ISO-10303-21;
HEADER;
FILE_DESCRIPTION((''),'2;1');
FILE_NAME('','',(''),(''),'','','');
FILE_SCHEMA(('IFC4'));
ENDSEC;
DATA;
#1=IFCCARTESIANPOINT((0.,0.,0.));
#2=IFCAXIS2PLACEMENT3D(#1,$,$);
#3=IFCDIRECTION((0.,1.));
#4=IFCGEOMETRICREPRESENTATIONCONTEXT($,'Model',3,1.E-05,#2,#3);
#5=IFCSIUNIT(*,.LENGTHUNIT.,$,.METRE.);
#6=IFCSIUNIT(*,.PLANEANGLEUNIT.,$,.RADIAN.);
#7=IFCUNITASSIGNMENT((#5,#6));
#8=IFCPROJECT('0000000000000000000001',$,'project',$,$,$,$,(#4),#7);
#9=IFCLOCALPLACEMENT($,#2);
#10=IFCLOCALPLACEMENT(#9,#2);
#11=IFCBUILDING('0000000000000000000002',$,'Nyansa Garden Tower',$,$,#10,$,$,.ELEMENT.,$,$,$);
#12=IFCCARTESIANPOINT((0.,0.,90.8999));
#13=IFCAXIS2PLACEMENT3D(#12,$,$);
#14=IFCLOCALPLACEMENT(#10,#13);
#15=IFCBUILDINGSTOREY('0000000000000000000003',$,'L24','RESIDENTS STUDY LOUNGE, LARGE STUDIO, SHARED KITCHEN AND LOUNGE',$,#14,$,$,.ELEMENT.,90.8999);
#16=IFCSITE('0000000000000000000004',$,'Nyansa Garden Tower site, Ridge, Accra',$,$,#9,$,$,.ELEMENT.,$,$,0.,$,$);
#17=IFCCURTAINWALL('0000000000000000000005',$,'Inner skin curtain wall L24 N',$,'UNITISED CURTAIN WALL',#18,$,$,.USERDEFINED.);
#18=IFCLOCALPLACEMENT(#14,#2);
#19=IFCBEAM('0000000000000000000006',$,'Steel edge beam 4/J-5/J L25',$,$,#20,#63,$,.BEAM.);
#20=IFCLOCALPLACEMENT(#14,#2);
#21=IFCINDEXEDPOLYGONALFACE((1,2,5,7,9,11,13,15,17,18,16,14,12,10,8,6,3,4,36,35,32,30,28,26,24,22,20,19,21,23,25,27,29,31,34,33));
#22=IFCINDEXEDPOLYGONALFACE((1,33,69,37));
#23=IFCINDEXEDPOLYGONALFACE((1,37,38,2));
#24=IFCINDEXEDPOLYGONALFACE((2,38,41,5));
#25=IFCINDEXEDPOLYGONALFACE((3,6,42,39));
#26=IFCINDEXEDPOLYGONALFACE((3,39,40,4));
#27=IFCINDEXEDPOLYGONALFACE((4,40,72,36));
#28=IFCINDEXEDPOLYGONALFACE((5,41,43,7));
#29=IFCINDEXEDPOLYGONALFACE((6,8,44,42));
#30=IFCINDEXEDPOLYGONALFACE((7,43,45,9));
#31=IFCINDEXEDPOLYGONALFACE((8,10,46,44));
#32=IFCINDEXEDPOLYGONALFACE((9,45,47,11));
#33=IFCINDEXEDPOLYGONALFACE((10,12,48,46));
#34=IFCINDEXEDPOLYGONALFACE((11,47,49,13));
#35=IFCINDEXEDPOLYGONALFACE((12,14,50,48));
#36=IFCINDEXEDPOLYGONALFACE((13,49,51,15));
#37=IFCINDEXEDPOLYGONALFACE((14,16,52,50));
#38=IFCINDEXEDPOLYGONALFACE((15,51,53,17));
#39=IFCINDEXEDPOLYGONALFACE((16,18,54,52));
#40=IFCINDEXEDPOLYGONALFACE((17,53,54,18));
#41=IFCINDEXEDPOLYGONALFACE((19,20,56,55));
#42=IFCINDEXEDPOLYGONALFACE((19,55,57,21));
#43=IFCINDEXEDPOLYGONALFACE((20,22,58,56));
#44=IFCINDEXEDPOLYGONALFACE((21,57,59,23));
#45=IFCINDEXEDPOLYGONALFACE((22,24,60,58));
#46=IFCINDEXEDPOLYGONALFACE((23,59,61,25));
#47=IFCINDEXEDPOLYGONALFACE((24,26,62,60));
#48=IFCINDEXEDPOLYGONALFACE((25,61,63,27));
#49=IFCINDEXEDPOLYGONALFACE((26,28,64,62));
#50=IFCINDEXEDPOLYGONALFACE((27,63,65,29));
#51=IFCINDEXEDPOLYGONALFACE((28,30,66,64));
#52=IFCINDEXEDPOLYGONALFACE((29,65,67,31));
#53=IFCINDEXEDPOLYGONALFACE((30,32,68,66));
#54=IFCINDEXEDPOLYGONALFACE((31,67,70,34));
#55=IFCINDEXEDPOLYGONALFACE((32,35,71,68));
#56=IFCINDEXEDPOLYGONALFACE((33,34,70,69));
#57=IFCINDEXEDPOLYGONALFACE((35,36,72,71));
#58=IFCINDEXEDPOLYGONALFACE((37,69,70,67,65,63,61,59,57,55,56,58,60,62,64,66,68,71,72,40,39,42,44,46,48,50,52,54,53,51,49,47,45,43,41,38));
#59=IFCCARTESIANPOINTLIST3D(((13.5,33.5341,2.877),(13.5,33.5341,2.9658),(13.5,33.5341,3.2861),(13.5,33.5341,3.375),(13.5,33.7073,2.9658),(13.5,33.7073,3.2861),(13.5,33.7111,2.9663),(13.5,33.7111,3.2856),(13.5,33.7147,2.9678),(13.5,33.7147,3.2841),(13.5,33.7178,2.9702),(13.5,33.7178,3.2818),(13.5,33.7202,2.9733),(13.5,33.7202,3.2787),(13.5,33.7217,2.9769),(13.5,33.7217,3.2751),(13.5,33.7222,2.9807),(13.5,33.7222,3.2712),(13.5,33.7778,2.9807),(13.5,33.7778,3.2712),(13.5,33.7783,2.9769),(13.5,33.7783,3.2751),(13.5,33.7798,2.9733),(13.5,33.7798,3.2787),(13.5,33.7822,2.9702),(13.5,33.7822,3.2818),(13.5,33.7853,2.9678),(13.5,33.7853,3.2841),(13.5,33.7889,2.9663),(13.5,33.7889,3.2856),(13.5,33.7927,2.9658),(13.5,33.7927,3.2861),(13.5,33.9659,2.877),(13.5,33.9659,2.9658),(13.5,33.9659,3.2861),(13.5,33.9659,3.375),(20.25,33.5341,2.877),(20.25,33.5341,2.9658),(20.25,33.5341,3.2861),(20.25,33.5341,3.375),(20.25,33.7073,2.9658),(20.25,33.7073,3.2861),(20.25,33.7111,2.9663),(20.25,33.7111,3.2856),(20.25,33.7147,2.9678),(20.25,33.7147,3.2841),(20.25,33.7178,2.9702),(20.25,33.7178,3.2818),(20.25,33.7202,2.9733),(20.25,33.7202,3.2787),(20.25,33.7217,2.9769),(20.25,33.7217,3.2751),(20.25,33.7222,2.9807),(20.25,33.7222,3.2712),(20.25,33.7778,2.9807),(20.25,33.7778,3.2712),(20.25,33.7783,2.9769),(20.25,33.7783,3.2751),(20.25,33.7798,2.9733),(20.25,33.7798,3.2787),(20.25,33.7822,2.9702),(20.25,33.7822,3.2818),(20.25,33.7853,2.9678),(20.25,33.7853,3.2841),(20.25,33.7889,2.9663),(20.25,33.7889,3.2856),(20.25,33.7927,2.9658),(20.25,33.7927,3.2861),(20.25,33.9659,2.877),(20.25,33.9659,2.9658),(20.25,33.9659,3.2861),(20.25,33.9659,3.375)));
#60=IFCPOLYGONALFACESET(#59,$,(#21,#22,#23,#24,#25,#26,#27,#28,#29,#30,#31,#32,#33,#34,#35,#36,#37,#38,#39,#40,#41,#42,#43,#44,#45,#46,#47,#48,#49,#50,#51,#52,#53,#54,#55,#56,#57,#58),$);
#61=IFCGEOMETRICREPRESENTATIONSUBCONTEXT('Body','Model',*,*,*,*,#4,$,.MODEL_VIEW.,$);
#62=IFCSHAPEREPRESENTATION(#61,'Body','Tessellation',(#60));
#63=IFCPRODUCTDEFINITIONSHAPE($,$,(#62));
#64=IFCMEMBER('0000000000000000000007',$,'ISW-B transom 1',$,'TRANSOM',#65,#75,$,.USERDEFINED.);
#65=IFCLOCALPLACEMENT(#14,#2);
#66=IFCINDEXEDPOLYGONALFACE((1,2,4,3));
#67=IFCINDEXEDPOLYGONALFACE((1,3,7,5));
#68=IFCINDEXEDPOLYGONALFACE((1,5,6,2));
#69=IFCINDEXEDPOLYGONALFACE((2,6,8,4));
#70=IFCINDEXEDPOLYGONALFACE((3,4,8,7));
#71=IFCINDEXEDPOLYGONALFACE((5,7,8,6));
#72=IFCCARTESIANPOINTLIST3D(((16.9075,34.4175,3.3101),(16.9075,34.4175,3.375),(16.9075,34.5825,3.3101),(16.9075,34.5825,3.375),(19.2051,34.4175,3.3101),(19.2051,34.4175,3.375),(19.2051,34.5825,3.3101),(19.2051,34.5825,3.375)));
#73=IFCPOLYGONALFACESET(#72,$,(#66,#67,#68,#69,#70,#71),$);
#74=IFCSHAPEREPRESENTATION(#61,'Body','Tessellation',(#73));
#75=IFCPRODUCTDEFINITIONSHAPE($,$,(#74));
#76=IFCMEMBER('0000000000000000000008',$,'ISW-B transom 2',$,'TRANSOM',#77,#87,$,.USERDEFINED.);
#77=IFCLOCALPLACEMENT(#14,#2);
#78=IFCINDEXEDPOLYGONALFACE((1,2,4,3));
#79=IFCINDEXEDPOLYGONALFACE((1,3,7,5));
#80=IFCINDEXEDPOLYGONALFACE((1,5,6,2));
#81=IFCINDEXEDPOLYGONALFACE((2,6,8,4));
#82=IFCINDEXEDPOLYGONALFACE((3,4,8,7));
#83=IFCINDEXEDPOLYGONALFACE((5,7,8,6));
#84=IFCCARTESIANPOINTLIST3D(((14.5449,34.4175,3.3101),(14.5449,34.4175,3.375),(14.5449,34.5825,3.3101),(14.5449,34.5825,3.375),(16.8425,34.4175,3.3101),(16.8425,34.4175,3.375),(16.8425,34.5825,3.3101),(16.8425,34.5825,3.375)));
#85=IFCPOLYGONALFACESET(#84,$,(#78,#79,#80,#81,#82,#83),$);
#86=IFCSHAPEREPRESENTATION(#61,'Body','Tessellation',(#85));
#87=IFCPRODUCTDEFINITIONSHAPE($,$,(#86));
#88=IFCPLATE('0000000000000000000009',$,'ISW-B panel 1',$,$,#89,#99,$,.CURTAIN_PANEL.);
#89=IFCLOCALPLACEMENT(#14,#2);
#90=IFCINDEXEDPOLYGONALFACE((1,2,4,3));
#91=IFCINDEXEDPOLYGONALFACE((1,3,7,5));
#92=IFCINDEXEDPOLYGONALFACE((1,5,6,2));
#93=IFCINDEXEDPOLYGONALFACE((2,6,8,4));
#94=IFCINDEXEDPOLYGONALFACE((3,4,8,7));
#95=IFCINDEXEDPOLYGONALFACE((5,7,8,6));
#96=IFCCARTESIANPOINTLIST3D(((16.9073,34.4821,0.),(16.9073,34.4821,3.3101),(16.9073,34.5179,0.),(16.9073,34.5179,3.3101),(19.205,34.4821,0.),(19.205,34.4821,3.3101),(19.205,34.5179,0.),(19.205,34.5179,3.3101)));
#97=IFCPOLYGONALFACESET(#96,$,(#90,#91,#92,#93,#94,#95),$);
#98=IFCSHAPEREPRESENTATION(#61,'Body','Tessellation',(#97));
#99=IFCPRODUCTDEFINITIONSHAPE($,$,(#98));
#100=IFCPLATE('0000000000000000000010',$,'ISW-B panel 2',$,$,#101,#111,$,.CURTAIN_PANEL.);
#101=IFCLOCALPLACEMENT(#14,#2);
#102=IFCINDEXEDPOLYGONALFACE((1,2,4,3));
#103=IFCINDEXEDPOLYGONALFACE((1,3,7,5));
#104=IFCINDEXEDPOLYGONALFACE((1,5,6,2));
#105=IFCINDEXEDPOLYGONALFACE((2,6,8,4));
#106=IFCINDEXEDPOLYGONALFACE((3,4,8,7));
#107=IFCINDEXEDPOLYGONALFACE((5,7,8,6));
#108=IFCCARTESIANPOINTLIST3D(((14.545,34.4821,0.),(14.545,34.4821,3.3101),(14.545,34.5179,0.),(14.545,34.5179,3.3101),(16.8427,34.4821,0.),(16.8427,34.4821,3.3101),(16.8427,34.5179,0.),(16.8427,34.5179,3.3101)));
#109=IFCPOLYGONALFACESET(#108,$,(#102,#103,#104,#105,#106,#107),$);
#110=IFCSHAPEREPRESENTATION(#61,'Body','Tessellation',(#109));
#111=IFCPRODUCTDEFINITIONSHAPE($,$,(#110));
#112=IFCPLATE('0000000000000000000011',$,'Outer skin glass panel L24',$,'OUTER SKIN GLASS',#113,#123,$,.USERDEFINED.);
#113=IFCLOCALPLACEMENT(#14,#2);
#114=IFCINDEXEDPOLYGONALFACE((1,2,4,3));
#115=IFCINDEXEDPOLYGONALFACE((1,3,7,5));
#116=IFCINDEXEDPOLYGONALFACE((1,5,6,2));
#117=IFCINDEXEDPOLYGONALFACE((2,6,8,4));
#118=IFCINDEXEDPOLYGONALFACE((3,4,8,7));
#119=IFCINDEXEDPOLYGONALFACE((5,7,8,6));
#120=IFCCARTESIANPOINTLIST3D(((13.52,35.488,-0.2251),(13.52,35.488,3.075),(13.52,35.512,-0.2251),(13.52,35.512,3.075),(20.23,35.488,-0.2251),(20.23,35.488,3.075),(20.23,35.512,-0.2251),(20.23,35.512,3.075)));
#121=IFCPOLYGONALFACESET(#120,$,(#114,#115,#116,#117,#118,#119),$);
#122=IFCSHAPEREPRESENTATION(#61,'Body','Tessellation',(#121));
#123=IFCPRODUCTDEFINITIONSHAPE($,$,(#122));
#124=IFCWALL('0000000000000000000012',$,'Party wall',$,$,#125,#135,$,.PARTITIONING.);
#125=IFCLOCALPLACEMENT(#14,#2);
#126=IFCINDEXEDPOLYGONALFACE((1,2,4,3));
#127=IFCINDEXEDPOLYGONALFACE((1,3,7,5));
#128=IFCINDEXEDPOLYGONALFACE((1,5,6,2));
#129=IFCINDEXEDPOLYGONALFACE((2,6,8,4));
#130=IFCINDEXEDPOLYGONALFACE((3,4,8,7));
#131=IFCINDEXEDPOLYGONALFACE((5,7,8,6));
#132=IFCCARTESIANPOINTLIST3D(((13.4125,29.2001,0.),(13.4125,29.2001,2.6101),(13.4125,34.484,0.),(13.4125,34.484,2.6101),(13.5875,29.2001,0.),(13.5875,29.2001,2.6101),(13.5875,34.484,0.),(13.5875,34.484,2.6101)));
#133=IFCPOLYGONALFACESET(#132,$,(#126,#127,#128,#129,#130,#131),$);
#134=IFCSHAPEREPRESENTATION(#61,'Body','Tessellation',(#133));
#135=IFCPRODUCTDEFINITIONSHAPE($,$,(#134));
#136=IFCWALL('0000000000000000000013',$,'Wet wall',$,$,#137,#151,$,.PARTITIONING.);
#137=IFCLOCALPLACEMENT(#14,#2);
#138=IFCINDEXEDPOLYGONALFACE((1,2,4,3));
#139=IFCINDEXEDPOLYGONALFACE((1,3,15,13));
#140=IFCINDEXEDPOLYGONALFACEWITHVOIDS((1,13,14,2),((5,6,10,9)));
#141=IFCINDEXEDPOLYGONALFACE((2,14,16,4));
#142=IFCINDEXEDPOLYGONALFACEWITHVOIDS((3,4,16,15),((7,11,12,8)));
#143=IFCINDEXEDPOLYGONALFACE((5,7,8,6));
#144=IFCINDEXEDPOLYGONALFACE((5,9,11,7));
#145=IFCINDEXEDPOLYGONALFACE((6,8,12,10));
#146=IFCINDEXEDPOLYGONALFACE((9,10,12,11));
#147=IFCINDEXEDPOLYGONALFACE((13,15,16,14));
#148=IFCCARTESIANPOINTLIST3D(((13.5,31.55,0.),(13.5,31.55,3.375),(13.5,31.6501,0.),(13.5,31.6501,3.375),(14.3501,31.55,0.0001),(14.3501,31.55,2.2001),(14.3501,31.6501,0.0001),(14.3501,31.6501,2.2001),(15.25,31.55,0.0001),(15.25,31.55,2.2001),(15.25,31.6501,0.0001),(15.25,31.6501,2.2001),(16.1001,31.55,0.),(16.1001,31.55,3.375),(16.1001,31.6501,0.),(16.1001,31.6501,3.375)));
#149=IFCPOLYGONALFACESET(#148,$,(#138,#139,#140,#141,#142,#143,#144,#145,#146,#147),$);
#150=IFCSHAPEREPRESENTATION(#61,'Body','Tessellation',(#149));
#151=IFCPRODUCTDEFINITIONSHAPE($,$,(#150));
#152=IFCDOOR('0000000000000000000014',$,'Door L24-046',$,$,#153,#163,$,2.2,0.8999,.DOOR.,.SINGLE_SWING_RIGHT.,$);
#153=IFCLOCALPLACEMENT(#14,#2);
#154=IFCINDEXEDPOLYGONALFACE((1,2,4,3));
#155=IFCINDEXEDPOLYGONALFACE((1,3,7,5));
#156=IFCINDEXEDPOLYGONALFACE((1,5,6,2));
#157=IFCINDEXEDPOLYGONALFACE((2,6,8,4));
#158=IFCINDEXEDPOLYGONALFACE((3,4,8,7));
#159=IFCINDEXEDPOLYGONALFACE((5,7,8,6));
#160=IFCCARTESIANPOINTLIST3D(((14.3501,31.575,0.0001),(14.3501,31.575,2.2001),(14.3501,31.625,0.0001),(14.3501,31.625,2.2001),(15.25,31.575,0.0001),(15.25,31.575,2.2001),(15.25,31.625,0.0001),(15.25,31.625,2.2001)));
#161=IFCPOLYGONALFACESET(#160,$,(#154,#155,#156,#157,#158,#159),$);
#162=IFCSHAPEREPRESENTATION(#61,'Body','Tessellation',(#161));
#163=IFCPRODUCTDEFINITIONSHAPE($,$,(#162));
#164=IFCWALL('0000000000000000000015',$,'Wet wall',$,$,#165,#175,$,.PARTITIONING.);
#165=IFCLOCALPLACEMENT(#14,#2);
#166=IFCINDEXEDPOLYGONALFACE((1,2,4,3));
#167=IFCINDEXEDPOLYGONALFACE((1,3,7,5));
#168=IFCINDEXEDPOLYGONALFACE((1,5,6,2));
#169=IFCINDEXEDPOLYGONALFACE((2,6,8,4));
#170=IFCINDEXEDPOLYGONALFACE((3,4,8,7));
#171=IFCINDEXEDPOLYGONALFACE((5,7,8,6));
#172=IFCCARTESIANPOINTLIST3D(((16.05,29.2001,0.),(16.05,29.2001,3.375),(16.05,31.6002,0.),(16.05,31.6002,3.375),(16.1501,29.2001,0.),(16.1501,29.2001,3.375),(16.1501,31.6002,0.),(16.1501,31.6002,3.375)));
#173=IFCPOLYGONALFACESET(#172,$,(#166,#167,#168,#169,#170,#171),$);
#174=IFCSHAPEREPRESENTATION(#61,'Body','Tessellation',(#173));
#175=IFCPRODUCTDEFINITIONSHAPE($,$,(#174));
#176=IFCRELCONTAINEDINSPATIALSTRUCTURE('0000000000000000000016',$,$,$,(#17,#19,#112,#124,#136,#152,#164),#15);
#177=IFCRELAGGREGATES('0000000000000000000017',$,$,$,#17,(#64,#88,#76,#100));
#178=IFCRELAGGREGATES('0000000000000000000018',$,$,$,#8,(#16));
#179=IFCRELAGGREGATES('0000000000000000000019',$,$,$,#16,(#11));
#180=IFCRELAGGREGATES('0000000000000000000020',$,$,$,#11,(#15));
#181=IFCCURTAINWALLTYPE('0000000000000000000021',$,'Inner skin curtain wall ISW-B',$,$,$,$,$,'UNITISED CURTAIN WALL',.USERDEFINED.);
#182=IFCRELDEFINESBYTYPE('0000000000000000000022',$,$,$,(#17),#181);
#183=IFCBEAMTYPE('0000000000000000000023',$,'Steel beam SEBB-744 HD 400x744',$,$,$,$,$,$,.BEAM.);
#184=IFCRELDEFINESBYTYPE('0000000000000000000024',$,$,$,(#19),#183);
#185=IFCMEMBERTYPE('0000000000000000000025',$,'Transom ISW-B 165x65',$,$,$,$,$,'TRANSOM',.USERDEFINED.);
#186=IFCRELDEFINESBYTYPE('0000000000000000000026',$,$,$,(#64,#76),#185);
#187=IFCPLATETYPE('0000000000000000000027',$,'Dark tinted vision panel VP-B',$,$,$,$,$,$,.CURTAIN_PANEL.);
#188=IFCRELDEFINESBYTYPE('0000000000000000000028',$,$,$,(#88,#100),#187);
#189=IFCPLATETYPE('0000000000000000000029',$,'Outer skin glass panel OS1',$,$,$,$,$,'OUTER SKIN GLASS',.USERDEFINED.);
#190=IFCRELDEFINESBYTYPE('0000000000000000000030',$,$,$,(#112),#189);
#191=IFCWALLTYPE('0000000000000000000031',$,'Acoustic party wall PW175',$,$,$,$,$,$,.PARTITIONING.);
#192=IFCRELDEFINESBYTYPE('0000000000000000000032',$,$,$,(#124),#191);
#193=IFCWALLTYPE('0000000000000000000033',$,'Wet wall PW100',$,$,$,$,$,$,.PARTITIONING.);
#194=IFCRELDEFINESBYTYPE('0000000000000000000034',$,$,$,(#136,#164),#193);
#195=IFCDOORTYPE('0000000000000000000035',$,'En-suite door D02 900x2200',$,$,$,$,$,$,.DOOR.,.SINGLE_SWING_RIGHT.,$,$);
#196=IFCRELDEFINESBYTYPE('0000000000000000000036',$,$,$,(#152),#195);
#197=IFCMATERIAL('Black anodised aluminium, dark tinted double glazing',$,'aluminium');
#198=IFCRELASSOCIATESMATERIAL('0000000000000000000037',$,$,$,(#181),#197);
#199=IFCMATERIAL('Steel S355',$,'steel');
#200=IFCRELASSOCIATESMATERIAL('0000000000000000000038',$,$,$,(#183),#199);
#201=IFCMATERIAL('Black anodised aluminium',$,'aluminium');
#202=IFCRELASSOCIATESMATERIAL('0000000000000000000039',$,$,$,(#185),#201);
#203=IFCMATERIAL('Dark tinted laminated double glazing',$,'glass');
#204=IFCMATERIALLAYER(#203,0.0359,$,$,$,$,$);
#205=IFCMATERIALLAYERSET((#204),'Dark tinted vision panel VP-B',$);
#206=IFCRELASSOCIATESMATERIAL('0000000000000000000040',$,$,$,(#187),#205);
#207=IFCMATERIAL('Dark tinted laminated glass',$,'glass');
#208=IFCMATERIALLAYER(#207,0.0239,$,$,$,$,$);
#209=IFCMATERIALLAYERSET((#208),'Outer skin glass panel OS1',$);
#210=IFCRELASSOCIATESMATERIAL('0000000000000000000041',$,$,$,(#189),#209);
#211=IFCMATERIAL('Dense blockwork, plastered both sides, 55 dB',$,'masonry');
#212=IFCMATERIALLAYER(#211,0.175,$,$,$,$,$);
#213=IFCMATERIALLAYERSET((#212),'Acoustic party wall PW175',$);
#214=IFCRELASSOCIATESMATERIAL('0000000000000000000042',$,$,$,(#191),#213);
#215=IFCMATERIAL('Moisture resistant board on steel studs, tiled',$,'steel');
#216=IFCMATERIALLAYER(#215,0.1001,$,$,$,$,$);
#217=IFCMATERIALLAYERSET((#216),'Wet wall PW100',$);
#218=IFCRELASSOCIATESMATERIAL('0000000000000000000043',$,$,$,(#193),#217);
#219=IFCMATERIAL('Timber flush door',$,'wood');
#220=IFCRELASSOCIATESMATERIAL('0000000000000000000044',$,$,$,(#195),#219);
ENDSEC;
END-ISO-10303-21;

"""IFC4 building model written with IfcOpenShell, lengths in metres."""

from ifc_helpers import new_model, si_unit, direction, frame, frame_2d, origin, origin_2d, place, context, subcontext, project, spatial, rectangle, i_section, extrude, material, layer, layer_set, material_profile, profile_set, type_object, element, fill, aggregate, save


model = new_model("IFC4")

# Units and contexts
model_context = context("Model", 3, precision=1e-05, world=origin(), true_north=direction((0.0, 1.0)))
body_context = subcontext(model_context, "Body", "Model", "MODEL_VIEW")
ifc_project = project(units=[si_unit("LENGTHUNIT", "METRE"), si_unit("PLANEANGLEUNIT", "RADIAN")], contexts=[model_context])

# Site, building, storey
site_placement = place(None, origin())
site = spatial("IfcSite", under=ifc_project, at=site_placement, Name="Nyansa Garden Tower site, Ridge, Accra", CompositionType="ELEMENT", RefElevation=0.0)
building_placement = place(site_placement, origin())
building = spatial("IfcBuilding", under=site, at=building_placement, Name="Nyansa Garden Tower", CompositionType="ELEMENT")
storey_placement = place(building_placement, frame((0.0, 0.0, 90.8999)))
storey = spatial("IfcBuildingStorey", under=building, at=storey_placement, Name="L24", Description="RESIDENTS STUDY LOUNGE, LARGE STUDIO, SHARED KITCHEN AND LOUNGE", CompositionType="ELEMENT", Elevation=90.8999)

# Curtain wall
ifc_material_1 = material(Name="Black anodised aluminium, dark tinted double glazing", Category="aluminium")
curtain_wall_type = type_object("IfcCurtainWallType", Name="Inner skin curtain wall ISW-B", ElementType="UNITISED CURTAIN WALL", PredefinedType="USERDEFINED", material=ifc_material_1)
curtain_wall_1_placement = place(storey_placement, origin())
curtain_wall_1 = element("IfcCurtainWall", 1, at=curtain_wall_1_placement, inside=storey, type_object=curtain_wall_type, Name="Inner skin curtain wall L24 N", ObjectType="UNITISED CURTAIN WALL", PredefinedType="USERDEFINED")

# Beam
ifc_material_2 = material(Name="Steel S355", Category="steel")
ifc_material_profile_1 = material_profile(ifc_material_2, i_section(OverallWidth=0.4319, OverallDepth=0.498, WebThickness=0.0557, FlangeThickness=0.0889, FilletRadius=0.0149, at=origin_2d()), Name="HD 400x744")
ifc_profile_set_1 = profile_set([ifc_material_profile_1], Name="Steel S355")
beam_type_1 = type_object("IfcBeamType", Name="Steel beam SEBB-744 HD 400x744", PredefinedType="BEAM", material=ifc_profile_set_1)
beam_1_placement = place(storey_placement, frame((13.5, 33.75, 3.126), z_axis=(1.0, 0.0, 0.0), x_axis=(0.0, 1.0, 0.0)))
element("IfcBeam", 2, at=beam_1_placement, inside=storey, type_object=beam_type_1, Name="Steel edge beam 4/J-5/J L25", PredefinedType="BEAM", context=body_context, shape_type="SweptSolid", body=[
    extrude(i_section(OverallWidth=0.4319, OverallDepth=0.498, WebThickness=0.0557, FlangeThickness=0.0889, FilletRadius=0.0149, at=origin_2d()), origin(), (0.0, 0.0, 1.0), 6.75),
])

# Members
ifc_material_3 = material(Name="Black anodised aluminium", Category="aluminium")
ifc_material_profile_2 = material_profile(ifc_material_3, rectangle(XDim=0.165, YDim=0.0649, at=origin_2d()), Name="Transom 165x65")
ifc_profile_set_2 = profile_set([ifc_material_profile_2], Name="Black anodised aluminium")
member_type_1 = type_object("IfcMemberType", Name="Transom ISW-B 165x65", ElementType="TRANSOM", PredefinedType="USERDEFINED", material=ifc_profile_set_2)
member_1_placement = place(storey_placement, frame((19.2051, 34.5, 3.3425), z_axis=(-1.0, 0.0, 0.0), x_axis=(0.0, -1.0, 0.0)))
member_1 = element("IfcMember", 3, at=member_1_placement, type_object=member_type_1, Name="ISW-B transom 1", ObjectType="TRANSOM", PredefinedType="USERDEFINED", context=body_context, shape_type="SweptSolid", body=[
    extrude(rectangle(XDim=0.165, YDim=0.0649, at=origin_2d()), origin(), (0.0, 0.0, 1.0), 2.2976),
])
member_2_placement = place(storey_placement, frame((16.8425, 34.5, 3.3425), z_axis=(-1.0, 0.0, 0.0), x_axis=(0.0, -1.0, 0.0)))
member_2 = element("IfcMember", 4, at=member_2_placement, type_object=member_type_1, Name="ISW-B transom 2", ObjectType="TRANSOM", PredefinedType="USERDEFINED", context=body_context, shape_type="SweptSolid", body=[
    extrude(rectangle(XDim=0.165, YDim=0.0649, at=origin_2d()), origin(), (0.0, 0.0, 1.0), 2.2976),
])

# Plates
ifc_material_4 = material(Name="Dark tinted laminated double glazing", Category="glass")
ifc_layer_1 = layer(ifc_material_4, 0.0359)
ifc_layer_set_1 = layer_set([ifc_layer_1], Name="Dark tinted vision panel VP-B")
plate_type_1 = type_object("IfcPlateType", Name="Dark tinted vision panel VP-B", PredefinedType="CURTAIN_PANEL", material=ifc_layer_set_1)
plate_1_placement = place(storey_placement, frame((18.0562, 34.5, 0.0), z_axis=(0.0, 0.0, 1.0), x_axis=(-1.0, 0.0, 0.0)))
plate_1 = element("IfcPlate", 5, at=plate_1_placement, type_object=plate_type_1, Name="ISW-B panel 1", PredefinedType="CURTAIN_PANEL", context=body_context, shape_type="SweptSolid", body=[
    extrude(rectangle(XDim=2.2976, YDim=0.0359, at=origin_2d()), origin(), (0.0, 0.0, 1.0), 3.3101),
])
plate_2_placement = place(storey_placement, frame((15.6938, 34.5, 0.0), z_axis=(0.0, 0.0, 1.0), x_axis=(-1.0, 0.0, 0.0)))
plate_2 = element("IfcPlate", 6, at=plate_2_placement, type_object=plate_type_1, Name="ISW-B panel 2", PredefinedType="CURTAIN_PANEL", context=body_context, shape_type="SweptSolid", body=[
    extrude(rectangle(XDim=2.2976, YDim=0.0359, at=origin_2d()), origin(), (0.0, 0.0, 1.0), 3.3101),
])
aggregate(curtain_wall_1, [member_1, plate_1, member_2, plate_2])
ifc_material_5 = material(Name="Dark tinted laminated glass", Category="glass")
ifc_layer_2 = layer(ifc_material_5, 0.0239)
ifc_layer_set_2 = layer_set([ifc_layer_2], Name="Outer skin glass panel OS1")
plate_type_2 = type_object("IfcPlateType", Name="Outer skin glass panel OS1", ElementType="OUTER SKIN GLASS", PredefinedType="USERDEFINED", material=ifc_layer_set_2)
plate_3_placement = place(storey_placement, frame((16.875, 35.5, -0.2251), z_axis=(0.0, 0.0, 1.0), x_axis=(1.0, 0.0, 0.0)))
element("IfcPlate", 7, at=plate_3_placement, inside=storey, type_object=plate_type_2, Name="Outer skin glass panel L24", ObjectType="OUTER SKIN GLASS", PredefinedType="USERDEFINED", context=body_context, shape_type="SweptSolid", body=[
    extrude(rectangle(XDim=6.71, YDim=0.0239, at=origin_2d()), origin(), (0.0, 0.0, 1.0), 3.3),
])

# Wall
ifc_material_6 = material(Name="Dense blockwork, plastered both sides, 55 dB", Category="masonry")
ifc_layer_3 = layer(ifc_material_6, 0.175)
ifc_layer_set_3 = layer_set([ifc_layer_3], Name="Acoustic party wall PW175")
wall_type_1 = type_object("IfcWallType", Name="Acoustic party wall PW175", PredefinedType="PARTITIONING", material=ifc_layer_set_3)
wall_1_placement = place(storey_placement, frame((13.5, 29.2, 0.0), z_axis=(0.0, 0.0, 1.0), x_axis=(0.0, 1.0, 0.0)))
element("IfcWall", 8, at=wall_1_placement, inside=storey, type_object=wall_type_1, Name="Party wall", PredefinedType="PARTITIONING", context=body_context, shape_type="SweptSolid", body=[
    extrude(rectangle(XDim=5.2839, YDim=0.175, at=frame_2d((2.6421, 0.0))), origin(), (0.0, 0.0, 1.0), 2.6101),
])

# Wall, opening, door
ifc_material_7 = material(Name="Moisture resistant board on steel studs, tiled", Category="steel")
ifc_layer_4 = layer(ifc_material_7, 0.1001)
ifc_layer_set_4 = layer_set([ifc_layer_4], Name="Wet wall PW100")
wall_type_2 = type_object("IfcWallType", Name="Wet wall PW100", PredefinedType="PARTITIONING", material=ifc_layer_set_4)
wall_2_placement = place(storey_placement, frame((13.5, 31.6001, 0.0), z_axis=(0.0, 0.0, 1.0), x_axis=(1.0, 0.0, 0.0)))
wall_2 = element("IfcWall", 9, at=wall_2_placement, inside=storey, type_object=wall_type_2, Name="Wet wall", PredefinedType="PARTITIONING", context=body_context, shape_type="SweptSolid", body=[
    extrude(rectangle(XDim=2.6001, YDim=0.1001, at=frame_2d((1.3, 0.0))), origin(), (0.0, 0.0, 1.0), 3.375),
])
opening_placement = place(wall_2_placement, frame((0.8501, 0.0, 0.0)))
opening = element("IfcOpeningElement", 10, at=opening_placement, cuts=wall_2, PredefinedType="OPENING", context=body_context, shape_type="SweptSolid", body=[
    extrude(rectangle(XDim=0.8999, YDim=2.2, at=frame_2d((0.45, 1.1001))), frame((0.0, 0.0601, 0.0), z_axis=(0.0, -1.0, 0.0), x_axis=(1.0, 0.0, 0.0)), (0.0, 0.0, 1.0), 0.1201),
])
ifc_material_8 = material(Name="Timber flush door", Category="wood")
door_type = type_object("IfcDoorType", Name="En-suite door D02 900x2200", OperationType="SINGLE_SWING_RIGHT", PredefinedType="DOOR", material=ifc_material_8)
door_placement = place(opening_placement, origin())
door = element("IfcDoor", 11, at=door_placement, inside=storey, type_object=door_type, Name="Door L24-046", OperationType="SINGLE_SWING_RIGHT", OverallHeight=2.2, OverallWidth=0.8999, PredefinedType="DOOR", context=body_context, shape_type="SweptSolid", body=[
    extrude(rectangle(XDim=0.8999, YDim=2.2, at=frame_2d((0.45, 1.1001))), frame((0.0, 0.0249, 0.0), z_axis=(0.0, -1.0, 0.0), x_axis=(1.0, 0.0, 0.0)), (0.0, 0.0, 1.0), 0.05),
])
fill(opening, door)

# Wall
wall_3_placement = place(storey_placement, frame((16.1001, 29.2, 0.0), z_axis=(0.0, 0.0, 1.0), x_axis=(0.0, 1.0, 0.0)))
element("IfcWall", 12, at=wall_3_placement, inside=storey, type_object=wall_type_2, Name="Wet wall", PredefinedType="PARTITIONING", context=body_context, shape_type="SweptSolid", body=[
    extrude(rectangle(XDim=2.4001, YDim=0.1001, at=frame_2d((1.2002, 0.0))), origin(), (0.0, 0.0, 1.0), 3.375),
])

save(model, "model.ifc")
